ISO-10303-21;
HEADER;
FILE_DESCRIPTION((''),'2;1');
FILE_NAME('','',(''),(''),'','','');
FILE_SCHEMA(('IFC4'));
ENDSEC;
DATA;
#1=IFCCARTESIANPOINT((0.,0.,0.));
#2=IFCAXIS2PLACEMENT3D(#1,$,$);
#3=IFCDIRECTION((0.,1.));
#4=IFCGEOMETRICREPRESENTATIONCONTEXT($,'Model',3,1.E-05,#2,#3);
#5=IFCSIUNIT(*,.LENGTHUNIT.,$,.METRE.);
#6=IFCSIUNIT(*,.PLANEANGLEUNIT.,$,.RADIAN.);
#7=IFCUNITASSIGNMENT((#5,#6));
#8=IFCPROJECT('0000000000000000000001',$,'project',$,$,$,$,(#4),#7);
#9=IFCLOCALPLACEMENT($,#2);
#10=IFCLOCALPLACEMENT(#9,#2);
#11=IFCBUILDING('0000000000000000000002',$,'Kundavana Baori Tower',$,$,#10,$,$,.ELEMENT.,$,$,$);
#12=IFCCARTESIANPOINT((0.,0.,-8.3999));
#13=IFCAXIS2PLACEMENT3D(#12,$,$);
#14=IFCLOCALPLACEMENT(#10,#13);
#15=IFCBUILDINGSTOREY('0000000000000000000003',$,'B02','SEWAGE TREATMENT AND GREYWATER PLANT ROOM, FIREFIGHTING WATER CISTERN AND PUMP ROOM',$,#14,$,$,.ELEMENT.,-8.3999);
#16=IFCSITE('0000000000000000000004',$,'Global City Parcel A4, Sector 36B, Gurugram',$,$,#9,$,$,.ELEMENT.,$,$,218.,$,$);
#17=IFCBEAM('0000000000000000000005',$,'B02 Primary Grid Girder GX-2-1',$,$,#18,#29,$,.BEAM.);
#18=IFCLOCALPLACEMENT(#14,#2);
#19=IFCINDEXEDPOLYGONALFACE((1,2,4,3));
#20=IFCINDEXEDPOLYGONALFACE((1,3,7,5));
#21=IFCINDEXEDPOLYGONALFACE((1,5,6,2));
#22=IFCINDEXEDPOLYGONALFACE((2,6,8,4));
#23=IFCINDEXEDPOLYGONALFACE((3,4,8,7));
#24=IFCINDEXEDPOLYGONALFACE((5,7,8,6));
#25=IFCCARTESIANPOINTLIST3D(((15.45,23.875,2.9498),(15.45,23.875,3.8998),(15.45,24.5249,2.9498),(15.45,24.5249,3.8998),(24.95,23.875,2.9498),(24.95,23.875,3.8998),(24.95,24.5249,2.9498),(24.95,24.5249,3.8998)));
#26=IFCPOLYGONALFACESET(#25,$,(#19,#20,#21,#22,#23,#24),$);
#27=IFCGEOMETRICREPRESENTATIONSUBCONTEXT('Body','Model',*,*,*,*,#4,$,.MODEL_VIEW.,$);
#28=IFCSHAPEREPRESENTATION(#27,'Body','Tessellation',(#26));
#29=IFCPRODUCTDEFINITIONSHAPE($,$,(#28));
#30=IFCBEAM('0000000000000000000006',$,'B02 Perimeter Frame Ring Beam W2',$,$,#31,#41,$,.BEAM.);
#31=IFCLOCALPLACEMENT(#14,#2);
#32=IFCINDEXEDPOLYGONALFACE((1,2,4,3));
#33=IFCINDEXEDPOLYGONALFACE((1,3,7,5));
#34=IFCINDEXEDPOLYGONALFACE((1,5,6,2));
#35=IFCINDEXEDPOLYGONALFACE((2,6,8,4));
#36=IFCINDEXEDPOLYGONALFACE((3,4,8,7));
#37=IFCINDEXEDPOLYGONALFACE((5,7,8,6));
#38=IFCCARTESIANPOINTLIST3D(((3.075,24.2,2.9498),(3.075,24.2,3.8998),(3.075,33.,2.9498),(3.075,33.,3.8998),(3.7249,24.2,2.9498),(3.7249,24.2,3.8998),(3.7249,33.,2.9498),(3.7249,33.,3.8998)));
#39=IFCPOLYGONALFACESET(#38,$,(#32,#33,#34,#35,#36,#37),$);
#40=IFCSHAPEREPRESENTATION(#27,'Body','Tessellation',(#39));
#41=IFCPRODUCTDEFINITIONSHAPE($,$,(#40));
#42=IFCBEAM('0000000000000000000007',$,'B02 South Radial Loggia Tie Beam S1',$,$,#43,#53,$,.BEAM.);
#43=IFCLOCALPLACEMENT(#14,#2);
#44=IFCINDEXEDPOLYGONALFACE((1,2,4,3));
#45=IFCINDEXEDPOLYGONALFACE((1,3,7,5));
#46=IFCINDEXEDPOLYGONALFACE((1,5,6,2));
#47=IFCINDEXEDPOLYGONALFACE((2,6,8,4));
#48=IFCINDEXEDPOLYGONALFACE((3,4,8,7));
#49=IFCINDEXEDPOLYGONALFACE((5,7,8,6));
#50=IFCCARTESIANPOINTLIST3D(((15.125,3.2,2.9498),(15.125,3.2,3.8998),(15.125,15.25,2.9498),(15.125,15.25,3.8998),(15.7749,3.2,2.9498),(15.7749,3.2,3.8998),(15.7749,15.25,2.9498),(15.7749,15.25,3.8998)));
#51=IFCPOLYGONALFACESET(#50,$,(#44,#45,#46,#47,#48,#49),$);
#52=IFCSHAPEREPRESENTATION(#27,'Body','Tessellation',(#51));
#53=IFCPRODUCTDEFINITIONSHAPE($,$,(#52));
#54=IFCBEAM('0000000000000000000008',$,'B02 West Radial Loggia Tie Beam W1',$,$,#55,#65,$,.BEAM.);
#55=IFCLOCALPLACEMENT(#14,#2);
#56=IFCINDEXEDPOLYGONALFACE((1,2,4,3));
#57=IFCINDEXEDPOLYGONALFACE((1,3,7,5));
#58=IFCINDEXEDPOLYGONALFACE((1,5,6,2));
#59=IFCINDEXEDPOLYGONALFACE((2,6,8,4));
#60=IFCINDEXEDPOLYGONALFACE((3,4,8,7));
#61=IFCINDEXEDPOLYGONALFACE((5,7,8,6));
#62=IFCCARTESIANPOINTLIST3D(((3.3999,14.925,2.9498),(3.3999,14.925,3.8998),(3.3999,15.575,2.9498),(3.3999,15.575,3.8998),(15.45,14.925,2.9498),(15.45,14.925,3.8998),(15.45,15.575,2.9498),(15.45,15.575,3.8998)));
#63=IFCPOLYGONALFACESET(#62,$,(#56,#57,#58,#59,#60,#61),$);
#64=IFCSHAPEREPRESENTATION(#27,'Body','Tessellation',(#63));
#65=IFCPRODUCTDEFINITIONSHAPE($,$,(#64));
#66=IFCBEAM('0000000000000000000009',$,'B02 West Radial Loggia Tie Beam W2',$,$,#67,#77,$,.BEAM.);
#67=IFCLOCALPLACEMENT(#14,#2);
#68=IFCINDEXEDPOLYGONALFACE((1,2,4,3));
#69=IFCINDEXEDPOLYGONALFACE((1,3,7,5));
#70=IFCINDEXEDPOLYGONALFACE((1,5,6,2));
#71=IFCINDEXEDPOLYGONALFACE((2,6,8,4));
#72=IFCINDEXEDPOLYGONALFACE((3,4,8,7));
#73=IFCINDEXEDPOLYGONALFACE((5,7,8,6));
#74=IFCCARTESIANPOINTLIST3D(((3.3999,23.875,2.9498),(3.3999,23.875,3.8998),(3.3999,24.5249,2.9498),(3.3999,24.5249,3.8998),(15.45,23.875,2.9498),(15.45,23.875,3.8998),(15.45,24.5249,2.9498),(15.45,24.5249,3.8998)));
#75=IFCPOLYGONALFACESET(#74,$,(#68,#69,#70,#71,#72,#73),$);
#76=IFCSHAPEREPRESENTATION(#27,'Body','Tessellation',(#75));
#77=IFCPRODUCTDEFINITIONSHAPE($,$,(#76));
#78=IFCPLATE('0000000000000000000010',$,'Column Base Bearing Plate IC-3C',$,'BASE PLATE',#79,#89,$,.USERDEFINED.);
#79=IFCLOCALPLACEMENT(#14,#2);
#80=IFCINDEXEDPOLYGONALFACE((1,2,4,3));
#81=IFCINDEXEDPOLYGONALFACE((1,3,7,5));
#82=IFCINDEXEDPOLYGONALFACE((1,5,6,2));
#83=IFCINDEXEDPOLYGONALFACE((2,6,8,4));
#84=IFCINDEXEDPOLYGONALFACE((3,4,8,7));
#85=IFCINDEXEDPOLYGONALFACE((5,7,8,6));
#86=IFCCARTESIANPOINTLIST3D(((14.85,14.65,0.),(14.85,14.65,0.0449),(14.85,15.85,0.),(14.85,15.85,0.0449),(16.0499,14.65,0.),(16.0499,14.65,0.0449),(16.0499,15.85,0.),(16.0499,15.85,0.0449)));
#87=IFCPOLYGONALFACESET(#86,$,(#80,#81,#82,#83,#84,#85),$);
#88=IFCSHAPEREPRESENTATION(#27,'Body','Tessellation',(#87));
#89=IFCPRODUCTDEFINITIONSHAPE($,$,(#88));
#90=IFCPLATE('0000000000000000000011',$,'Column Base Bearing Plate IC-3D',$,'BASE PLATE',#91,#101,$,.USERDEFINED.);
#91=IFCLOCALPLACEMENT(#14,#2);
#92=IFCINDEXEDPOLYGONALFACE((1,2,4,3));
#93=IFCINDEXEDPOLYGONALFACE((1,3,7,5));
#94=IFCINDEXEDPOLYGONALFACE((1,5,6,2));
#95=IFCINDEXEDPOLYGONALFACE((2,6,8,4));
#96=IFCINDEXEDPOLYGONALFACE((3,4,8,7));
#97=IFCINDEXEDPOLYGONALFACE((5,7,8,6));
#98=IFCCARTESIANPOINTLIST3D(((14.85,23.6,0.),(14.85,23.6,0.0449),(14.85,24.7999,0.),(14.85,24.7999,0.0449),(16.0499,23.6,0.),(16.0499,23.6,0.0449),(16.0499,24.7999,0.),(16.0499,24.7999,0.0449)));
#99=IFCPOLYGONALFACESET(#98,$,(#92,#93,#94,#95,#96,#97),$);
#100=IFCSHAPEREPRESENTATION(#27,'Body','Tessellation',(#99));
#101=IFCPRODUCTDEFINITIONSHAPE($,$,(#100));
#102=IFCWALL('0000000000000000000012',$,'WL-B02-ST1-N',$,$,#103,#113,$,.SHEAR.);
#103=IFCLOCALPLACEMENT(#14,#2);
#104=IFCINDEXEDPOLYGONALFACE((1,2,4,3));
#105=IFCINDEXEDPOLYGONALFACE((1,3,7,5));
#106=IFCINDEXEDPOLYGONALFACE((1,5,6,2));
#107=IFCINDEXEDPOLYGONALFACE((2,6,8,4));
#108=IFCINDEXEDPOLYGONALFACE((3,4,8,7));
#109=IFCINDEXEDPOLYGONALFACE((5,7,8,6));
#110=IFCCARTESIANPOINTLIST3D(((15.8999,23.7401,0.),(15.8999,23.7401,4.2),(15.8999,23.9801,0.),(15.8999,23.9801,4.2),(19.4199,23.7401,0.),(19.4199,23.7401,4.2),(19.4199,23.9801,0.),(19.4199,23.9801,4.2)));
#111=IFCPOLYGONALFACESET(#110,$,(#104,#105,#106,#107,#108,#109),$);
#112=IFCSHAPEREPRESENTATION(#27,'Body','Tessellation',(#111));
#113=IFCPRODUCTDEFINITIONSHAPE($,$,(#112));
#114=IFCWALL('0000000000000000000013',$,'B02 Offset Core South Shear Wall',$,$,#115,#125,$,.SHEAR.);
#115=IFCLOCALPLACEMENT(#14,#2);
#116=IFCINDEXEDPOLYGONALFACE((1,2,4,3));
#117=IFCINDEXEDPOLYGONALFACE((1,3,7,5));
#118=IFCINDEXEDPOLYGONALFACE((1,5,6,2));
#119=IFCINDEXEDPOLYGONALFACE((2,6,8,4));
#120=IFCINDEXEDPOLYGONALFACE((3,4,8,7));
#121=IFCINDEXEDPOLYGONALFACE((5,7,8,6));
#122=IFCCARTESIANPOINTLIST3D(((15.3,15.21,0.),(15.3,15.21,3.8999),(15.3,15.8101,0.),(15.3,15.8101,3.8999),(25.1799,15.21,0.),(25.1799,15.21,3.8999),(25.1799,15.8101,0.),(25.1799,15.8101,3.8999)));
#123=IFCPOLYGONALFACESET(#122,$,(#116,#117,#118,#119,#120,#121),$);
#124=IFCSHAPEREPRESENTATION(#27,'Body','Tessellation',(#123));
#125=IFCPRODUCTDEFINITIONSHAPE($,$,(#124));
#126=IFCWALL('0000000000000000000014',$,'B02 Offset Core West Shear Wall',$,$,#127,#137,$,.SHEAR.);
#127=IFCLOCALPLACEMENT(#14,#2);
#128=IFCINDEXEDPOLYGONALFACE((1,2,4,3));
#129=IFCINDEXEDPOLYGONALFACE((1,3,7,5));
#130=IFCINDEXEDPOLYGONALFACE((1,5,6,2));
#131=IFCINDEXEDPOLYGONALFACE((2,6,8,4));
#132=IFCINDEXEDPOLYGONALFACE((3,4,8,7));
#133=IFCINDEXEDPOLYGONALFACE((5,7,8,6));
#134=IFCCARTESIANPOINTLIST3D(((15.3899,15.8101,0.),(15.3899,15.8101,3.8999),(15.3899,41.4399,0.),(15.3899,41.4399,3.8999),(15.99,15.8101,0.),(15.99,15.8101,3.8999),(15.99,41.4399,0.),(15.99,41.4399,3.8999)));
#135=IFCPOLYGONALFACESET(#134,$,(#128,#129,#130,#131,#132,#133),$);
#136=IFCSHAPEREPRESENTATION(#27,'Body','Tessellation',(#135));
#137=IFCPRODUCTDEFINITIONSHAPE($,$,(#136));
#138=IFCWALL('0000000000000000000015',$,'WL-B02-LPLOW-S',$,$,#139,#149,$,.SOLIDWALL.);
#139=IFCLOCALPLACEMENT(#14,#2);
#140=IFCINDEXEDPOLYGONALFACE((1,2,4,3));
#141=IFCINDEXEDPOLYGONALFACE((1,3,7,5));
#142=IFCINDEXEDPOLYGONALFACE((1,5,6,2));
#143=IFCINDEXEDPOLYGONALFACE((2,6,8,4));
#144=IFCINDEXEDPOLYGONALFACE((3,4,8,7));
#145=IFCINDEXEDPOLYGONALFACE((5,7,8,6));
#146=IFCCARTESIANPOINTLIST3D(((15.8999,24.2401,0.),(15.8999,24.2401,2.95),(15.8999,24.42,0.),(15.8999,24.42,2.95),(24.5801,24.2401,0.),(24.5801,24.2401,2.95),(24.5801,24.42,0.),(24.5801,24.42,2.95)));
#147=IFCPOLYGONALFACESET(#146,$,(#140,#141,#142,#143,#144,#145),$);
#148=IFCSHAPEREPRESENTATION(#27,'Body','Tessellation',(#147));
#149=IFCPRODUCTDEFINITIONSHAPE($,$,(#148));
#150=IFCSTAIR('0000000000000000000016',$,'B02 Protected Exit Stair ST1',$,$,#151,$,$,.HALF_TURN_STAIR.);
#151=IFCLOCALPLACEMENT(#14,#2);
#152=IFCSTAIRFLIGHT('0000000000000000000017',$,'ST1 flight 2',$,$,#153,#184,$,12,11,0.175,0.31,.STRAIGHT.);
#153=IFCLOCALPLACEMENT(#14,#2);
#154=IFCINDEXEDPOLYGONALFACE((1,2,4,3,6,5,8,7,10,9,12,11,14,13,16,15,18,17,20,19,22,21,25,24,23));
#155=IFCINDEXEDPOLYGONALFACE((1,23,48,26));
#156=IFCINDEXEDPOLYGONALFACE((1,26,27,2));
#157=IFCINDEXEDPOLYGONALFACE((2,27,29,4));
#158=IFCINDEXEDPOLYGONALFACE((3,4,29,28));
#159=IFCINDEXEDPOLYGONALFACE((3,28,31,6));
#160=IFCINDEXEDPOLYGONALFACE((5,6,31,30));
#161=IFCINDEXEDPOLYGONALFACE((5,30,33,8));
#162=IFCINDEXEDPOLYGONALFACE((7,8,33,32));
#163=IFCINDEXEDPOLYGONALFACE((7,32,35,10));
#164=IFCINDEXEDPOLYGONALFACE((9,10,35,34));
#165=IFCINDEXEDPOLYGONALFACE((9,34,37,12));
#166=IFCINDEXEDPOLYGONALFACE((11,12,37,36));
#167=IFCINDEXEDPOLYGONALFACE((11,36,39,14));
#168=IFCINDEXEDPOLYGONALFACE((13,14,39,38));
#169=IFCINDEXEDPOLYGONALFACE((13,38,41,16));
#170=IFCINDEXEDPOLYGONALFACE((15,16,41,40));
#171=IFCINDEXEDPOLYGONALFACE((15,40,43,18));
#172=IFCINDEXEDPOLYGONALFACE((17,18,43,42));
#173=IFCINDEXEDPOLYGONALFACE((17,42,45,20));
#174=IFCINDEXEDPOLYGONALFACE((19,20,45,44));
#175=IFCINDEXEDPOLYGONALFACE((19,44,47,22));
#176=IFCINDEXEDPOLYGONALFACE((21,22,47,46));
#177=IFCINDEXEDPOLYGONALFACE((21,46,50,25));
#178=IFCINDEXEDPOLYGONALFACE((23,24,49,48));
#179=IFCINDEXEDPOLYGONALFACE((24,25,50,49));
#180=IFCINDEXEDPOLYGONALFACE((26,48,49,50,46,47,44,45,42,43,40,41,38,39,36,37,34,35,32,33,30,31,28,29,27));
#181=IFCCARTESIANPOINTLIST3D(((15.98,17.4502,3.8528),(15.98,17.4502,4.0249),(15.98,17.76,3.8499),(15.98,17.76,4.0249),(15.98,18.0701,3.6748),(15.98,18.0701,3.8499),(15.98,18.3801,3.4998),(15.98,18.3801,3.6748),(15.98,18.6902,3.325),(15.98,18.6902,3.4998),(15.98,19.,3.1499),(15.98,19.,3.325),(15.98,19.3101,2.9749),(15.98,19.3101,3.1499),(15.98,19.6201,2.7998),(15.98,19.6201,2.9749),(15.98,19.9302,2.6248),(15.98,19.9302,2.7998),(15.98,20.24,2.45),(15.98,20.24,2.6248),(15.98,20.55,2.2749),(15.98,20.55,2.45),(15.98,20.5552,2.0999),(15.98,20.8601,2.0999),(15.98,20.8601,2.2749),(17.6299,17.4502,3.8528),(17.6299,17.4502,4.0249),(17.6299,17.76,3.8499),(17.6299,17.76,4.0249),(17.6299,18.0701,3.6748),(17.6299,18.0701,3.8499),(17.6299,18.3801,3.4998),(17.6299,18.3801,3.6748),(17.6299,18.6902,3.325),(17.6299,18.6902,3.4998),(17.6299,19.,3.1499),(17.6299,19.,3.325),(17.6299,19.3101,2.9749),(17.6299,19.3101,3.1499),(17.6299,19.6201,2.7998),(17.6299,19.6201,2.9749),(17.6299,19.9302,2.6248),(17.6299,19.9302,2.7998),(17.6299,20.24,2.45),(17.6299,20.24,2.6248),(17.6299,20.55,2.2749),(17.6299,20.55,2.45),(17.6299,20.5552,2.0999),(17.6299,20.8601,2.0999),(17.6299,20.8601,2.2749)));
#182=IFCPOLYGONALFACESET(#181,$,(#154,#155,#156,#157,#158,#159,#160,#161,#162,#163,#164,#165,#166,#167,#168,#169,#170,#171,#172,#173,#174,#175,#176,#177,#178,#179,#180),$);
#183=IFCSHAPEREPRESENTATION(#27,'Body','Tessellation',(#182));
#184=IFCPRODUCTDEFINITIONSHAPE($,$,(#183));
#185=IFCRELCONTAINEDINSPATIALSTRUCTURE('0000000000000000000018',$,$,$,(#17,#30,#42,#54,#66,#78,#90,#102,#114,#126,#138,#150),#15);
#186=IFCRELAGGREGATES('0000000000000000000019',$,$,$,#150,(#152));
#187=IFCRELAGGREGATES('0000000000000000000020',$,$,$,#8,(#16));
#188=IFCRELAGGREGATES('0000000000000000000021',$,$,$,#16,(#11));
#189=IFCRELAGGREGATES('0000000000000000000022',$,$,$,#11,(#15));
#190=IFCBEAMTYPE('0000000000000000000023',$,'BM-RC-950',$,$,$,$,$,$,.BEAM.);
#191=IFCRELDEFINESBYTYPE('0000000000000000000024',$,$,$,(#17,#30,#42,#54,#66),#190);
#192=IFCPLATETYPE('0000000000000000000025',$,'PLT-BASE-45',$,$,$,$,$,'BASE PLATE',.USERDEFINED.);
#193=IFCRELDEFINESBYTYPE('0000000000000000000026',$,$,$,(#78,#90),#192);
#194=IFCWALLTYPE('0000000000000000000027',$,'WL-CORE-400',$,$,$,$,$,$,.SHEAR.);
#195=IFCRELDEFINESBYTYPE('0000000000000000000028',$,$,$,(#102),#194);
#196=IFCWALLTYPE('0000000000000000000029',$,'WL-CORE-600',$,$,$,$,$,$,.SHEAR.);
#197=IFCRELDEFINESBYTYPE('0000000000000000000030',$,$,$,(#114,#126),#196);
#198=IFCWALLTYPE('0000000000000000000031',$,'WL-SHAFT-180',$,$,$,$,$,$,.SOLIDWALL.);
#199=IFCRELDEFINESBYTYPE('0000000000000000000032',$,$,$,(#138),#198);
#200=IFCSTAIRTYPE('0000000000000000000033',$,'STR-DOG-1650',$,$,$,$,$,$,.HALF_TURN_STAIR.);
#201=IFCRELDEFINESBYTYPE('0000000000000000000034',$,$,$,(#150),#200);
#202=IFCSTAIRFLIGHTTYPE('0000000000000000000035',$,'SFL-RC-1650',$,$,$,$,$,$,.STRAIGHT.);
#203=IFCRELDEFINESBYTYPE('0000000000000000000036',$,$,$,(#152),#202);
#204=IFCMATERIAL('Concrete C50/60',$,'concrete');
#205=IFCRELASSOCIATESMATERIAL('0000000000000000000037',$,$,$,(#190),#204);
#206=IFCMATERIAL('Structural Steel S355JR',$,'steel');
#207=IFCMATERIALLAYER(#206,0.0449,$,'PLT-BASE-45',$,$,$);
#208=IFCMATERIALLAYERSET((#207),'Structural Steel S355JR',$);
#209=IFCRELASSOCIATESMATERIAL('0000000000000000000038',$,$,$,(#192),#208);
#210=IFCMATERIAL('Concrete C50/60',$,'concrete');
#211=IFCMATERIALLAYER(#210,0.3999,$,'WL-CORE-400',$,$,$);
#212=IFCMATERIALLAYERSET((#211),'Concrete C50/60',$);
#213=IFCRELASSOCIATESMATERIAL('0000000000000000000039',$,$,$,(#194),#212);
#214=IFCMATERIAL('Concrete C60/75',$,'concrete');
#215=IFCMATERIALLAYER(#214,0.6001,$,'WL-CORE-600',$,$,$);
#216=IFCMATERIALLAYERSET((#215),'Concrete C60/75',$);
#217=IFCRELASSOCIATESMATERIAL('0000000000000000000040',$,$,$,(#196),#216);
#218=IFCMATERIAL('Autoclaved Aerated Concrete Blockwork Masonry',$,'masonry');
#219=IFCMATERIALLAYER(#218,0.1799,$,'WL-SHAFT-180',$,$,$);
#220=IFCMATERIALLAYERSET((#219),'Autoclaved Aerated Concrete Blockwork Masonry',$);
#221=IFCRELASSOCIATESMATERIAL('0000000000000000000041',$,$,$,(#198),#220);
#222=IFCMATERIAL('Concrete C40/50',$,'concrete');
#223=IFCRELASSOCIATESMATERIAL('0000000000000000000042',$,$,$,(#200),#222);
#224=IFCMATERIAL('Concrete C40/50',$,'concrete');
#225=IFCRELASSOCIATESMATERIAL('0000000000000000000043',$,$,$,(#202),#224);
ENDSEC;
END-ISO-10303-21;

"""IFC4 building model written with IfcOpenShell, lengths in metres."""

from ifc_helpers import new_model, si_unit, direction, frame, frame_2d, origin, origin_2d, place, context, subcontext, project, spatial, polyline, rectangle, outline, extrude, material, layer, layer_set, material_profile, profile_set, type_object, element, aggregate, save


model = new_model("IFC4")

# Units and contexts
model_context = context("Model", 3, precision=1e-05, world=origin(), true_north=direction((0.0, 1.0)))
body_context = subcontext(model_context, "Body", "Model", "MODEL_VIEW")
ifc_project = project(units=[si_unit("LENGTHUNIT", "METRE"), si_unit("PLANEANGLEUNIT", "RADIAN")], contexts=[model_context])

# Site, building, storey
site_placement = place(None, origin())
site = spatial("IfcSite", under=ifc_project, at=site_placement, Name="Global City Parcel A4, Sector 36B, Gurugram", CompositionType="ELEMENT", RefElevation=218.0)
building_placement = place(site_placement, origin())
building = spatial("IfcBuilding", under=site, at=building_placement, Name="Kundavana Baori Tower", CompositionType="ELEMENT")
storey_placement = place(building_placement, frame((0.0, 0.0, -8.3999)))
storey = spatial("IfcBuildingStorey", under=building, at=storey_placement, Name="B02", Description="SEWAGE TREATMENT AND GREYWATER PLANT ROOM, FIREFIGHTING WATER CISTERN AND PUMP ROOM", CompositionType="ELEMENT", Elevation=-8.3999)

# Beams
ifc_material_1 = material(Name="Concrete C50/60", Category="concrete")
ifc_material_profile_1 = material_profile(ifc_material_1, rectangle(XDim=0.6499, YDim=0.95, at=origin_2d()), Name="RC BM 650x950")
ifc_profile_set_1 = profile_set([ifc_material_profile_1], Name="Concrete C50/60")
beam_type = type_object("IfcBeamType", Name="BM-RC-950", PredefinedType="BEAM", material=ifc_profile_set_1)
beam_1_placement = place(storey_placement, frame((15.45, 24.2, 3.4248), z_axis=(1.0, 0.0, 0.0), x_axis=(0.0, 1.0, 0.0)))
element("IfcBeam", 1, at=beam_1_placement, inside=storey, type_object=beam_type, Name="B02 Primary Grid Girder GX-2-1", PredefinedType="BEAM", context=body_context, shape_type="SweptSolid", body=[
    extrude(rectangle(XDim=0.6499, YDim=0.95, at=origin_2d()), origin(), (0.0, 0.0, 1.0), 9.5),
])
beam_2_placement = place(storey_placement, frame((3.3999, 24.2, 3.4248), z_axis=(0.0, 1.0, 0.0), x_axis=(-1.0, 0.0, 0.0)))
element("IfcBeam", 2, at=beam_2_placement, inside=storey, type_object=beam_type, Name="B02 Perimeter Frame Ring Beam W2", PredefinedType="BEAM", context=body_context, shape_type="SweptSolid", body=[
    extrude(rectangle(XDim=0.6499, YDim=0.95, at=origin_2d()), origin(), (0.0, 0.0, 1.0), 8.8),
])
for number, where, z_axis, x_axis, name in (
    (3, (15.45, 15.25, 3.4248), (0.0, -1.0, 0.0), (1.0, 0.0, 0.0), "B02 South Radial Loggia Tie Beam S1"),
    (4, (15.45, 15.25, 3.4248), (-1.0, 0.0, 0.0), (0.0, -1.0, 0.0), "B02 West Radial Loggia Tie Beam W1"),
    (5, (15.45, 24.2, 3.4248), (-1.0, 0.0, 0.0), (0.0, -1.0, 0.0), "B02 West Radial Loggia Tie Beam W2"),
):
    element("IfcBeam", number, at=place(storey_placement, frame(where, z_axis=z_axis, x_axis=x_axis)), inside=storey, type_object=beam_type, Name=name, PredefinedType="BEAM", context=body_context, shape_type="SweptSolid", body=[
        extrude(rectangle(XDim=0.6499, YDim=0.95, at=origin_2d()), origin(), (0.0, 0.0, 1.0), 12.05),
    ])

# Plates
ifc_material_2 = material(Name="Structural Steel S355JR", Category="steel")
ifc_layer_1 = layer(ifc_material_2, 0.0449, Name="PLT-BASE-45")
ifc_layer_set_1 = layer_set([ifc_layer_1], Name="Structural Steel S355JR")
plate_type = type_object("IfcPlateType", Name="PLT-BASE-45", ElementType="BASE PLATE", PredefinedType="USERDEFINED", material=ifc_layer_set_1)
for number, where, z_axis, x_axis, name in (
    (6, (15.45, 15.25, 0.0), (0.0, 0.0, 1.0), (1.0, 0.0, 0.0), "Column Base Bearing Plate IC-3C"),
    (7, (15.45, 24.2, 0.0), (0.0, 0.0, 1.0), (1.0, 0.0, 0.0), "Column Base Bearing Plate IC-3D"),
):
    element("IfcPlate", number, at=place(storey_placement, frame(where, z_axis=z_axis, x_axis=x_axis)), inside=storey, type_object=plate_type, Name=name, ObjectType="BASE PLATE", PredefinedType="USERDEFINED", context=body_context, shape_type="SweptSolid", body=[
        extrude(rectangle(XDim=1.2, YDim=1.2, at=origin_2d()), origin(), (0.0, 0.0, 1.0), 0.0449),
    ])

# Walls
ifc_material_3 = material(Name="Concrete C50/60", Category="concrete")
ifc_layer_2 = layer(ifc_material_3, 0.3999, Name="WL-CORE-400")
ifc_layer_set_2 = layer_set([ifc_layer_2], Name="Concrete C50/60")
wall_type_1 = type_object("IfcWallType", Name="WL-CORE-400", PredefinedType="SHEAR", material=ifc_layer_set_2)
wall_1_placement = place(storey_placement, frame((15.8999, 23.8601, 0.0), z_axis=(0.0, 0.0, 1.0), x_axis=(1.0, 0.0, 0.0)))
element("IfcWall", 8, at=wall_1_placement, inside=storey, type_object=wall_type_1, Name="WL-B02-ST1-N", PredefinedType="SHEAR", context=body_context, shape_type="SweptSolid", body=[
    extrude(rectangle(XDim=3.52, YDim=0.24, at=frame_2d((1.76, 0.0))), origin(), (0.0, 0.0, 1.0), 4.2),
])
ifc_material_4 = material(Name="Concrete C60/75", Category="concrete")
ifc_layer_3 = layer(ifc_material_4, 0.6001, Name="WL-CORE-600")
ifc_layer_set_3 = layer_set([ifc_layer_3], Name="Concrete C60/75")
wall_type_2 = type_object("IfcWallType", Name="WL-CORE-600", PredefinedType="SHEAR", material=ifc_layer_set_3)
wall_2_placement = place(storey_placement, frame((15.3, 15.51, 0.0), z_axis=(0.0, 0.0, 1.0), x_axis=(1.0, 0.0, 0.0)))
element("IfcWall", 9, at=wall_2_placement, inside=storey, type_object=wall_type_2, Name="B02 Offset Core South Shear Wall", PredefinedType="SHEAR", context=body_context, shape_type="SweptSolid", body=[
    extrude(rectangle(XDim=9.8799, YDim=0.6001, at=frame_2d((4.9399, 0.0))), origin(), (0.0, 0.0, 1.0), 3.8999),
])
wall_3_placement = place(storey_placement, frame((15.6899, 15.8101, 0.0), z_axis=(0.0, 0.0, 1.0), x_axis=(0.0, 1.0, 0.0)))
element("IfcWall", 10, at=wall_3_placement, inside=storey, type_object=wall_type_2, Name="B02 Offset Core West Shear Wall", PredefinedType="SHEAR", context=body_context, shape_type="SweptSolid", body=[
    extrude(rectangle(XDim=25.6299, YDim=0.6001, at=frame_2d((12.8149, 0.0))), origin(), (0.0, 0.0, 1.0), 3.8999),
])
ifc_material_5 = material(Name="Autoclaved Aerated Concrete Blockwork Masonry", Category="masonry")
ifc_layer_4 = layer(ifc_material_5, 0.1799, Name="WL-SHAFT-180")
ifc_layer_set_4 = layer_set([ifc_layer_4], Name="Autoclaved Aerated Concrete Blockwork Masonry")
wall_type_3 = type_object("IfcWallType", Name="WL-SHAFT-180", PredefinedType="SOLIDWALL", material=ifc_layer_set_4)
wall_4_placement = place(storey_placement, frame((15.8999, 24.3301, 0.0), z_axis=(0.0, 0.0, 1.0), x_axis=(1.0, 0.0, 0.0)))
element("IfcWall", 11, at=wall_4_placement, inside=storey, type_object=wall_type_3, Name="WL-B02-LPLOW-S", PredefinedType="SOLIDWALL", context=body_context, shape_type="SweptSolid", body=[
    extrude(rectangle(XDim=8.6802, YDim=0.1799, at=frame_2d((4.3401, 0.0))), origin(), (0.0, 0.0, 1.0), 2.95),
])

# Stair, stair flight
ifc_material_6 = material(Name="Concrete C40/50", Category="concrete")
stair_type = type_object("IfcStairType", Name="STR-DOG-1650", PredefinedType="HALF_TURN_STAIR", material=ifc_material_6)
stair_placement = place(storey_placement, origin())
stair = element("IfcStair", 12, at=stair_placement, inside=storey, type_object=stair_type, Name="B02 Protected Exit Stair ST1", PredefinedType="HALF_TURN_STAIR")
ifc_material_7 = material(Name="Concrete C40/50", Category="concrete")
stair_flight_type = type_object("IfcStairFlightType", Name="SFL-RC-1650", PredefinedType="STRAIGHT", material=ifc_material_7)
stair_flight_placement = place(storey_placement, frame((16.8049, 20.8601, 2.0999), z_axis=(0.0, 0.0, 1.0), x_axis=(0.0, -1.0, 0.0)))
stair_flight = element("IfcStairFlight", 13, at=stair_flight_placement, type_object=stair_flight_type, Name="ST1 flight 2", NumberOfRisers=12, NumberOfTreads=11, PredefinedType="STRAIGHT", RiserHeight=0.175, TreadLength=0.31, context=body_context, shape_type="SweptSolid", body=[
    extrude(outline(polyline([(0.0, 0.0), (0.0, 0.175), (0.3101, 0.175), (0.3101, 0.3501), (0.6201, 0.3501), (0.6201, 0.5249), (0.9299, 0.5249), (0.9299, 0.7), (1.24, 0.7), (1.24, 0.875), (1.55, 0.875), (1.55, 1.05), (1.8601, 1.05), (1.8601, 1.2251), (2.1699, 1.2251), (2.1699, 1.3999), (2.48, 1.3999), (2.48, 1.575), (2.79, 1.575), (2.79, 1.75), (3.1001, 1.75), (3.1001, 1.925), (3.4099, 1.925), (3.4099, 2.1001), (3.4099, 1.7529), (0.3049, 0.0), (0.0, 0.0)])), frame((0.0, 0.825, 0.0), z_axis=(0.0, -1.0, 0.0), x_axis=(1.0, 0.0, 0.0)), (0.0, 0.0, 1.0), 1.6499),
])
aggregate(stair, [stair_flight])

save(model, "model.ifc")
